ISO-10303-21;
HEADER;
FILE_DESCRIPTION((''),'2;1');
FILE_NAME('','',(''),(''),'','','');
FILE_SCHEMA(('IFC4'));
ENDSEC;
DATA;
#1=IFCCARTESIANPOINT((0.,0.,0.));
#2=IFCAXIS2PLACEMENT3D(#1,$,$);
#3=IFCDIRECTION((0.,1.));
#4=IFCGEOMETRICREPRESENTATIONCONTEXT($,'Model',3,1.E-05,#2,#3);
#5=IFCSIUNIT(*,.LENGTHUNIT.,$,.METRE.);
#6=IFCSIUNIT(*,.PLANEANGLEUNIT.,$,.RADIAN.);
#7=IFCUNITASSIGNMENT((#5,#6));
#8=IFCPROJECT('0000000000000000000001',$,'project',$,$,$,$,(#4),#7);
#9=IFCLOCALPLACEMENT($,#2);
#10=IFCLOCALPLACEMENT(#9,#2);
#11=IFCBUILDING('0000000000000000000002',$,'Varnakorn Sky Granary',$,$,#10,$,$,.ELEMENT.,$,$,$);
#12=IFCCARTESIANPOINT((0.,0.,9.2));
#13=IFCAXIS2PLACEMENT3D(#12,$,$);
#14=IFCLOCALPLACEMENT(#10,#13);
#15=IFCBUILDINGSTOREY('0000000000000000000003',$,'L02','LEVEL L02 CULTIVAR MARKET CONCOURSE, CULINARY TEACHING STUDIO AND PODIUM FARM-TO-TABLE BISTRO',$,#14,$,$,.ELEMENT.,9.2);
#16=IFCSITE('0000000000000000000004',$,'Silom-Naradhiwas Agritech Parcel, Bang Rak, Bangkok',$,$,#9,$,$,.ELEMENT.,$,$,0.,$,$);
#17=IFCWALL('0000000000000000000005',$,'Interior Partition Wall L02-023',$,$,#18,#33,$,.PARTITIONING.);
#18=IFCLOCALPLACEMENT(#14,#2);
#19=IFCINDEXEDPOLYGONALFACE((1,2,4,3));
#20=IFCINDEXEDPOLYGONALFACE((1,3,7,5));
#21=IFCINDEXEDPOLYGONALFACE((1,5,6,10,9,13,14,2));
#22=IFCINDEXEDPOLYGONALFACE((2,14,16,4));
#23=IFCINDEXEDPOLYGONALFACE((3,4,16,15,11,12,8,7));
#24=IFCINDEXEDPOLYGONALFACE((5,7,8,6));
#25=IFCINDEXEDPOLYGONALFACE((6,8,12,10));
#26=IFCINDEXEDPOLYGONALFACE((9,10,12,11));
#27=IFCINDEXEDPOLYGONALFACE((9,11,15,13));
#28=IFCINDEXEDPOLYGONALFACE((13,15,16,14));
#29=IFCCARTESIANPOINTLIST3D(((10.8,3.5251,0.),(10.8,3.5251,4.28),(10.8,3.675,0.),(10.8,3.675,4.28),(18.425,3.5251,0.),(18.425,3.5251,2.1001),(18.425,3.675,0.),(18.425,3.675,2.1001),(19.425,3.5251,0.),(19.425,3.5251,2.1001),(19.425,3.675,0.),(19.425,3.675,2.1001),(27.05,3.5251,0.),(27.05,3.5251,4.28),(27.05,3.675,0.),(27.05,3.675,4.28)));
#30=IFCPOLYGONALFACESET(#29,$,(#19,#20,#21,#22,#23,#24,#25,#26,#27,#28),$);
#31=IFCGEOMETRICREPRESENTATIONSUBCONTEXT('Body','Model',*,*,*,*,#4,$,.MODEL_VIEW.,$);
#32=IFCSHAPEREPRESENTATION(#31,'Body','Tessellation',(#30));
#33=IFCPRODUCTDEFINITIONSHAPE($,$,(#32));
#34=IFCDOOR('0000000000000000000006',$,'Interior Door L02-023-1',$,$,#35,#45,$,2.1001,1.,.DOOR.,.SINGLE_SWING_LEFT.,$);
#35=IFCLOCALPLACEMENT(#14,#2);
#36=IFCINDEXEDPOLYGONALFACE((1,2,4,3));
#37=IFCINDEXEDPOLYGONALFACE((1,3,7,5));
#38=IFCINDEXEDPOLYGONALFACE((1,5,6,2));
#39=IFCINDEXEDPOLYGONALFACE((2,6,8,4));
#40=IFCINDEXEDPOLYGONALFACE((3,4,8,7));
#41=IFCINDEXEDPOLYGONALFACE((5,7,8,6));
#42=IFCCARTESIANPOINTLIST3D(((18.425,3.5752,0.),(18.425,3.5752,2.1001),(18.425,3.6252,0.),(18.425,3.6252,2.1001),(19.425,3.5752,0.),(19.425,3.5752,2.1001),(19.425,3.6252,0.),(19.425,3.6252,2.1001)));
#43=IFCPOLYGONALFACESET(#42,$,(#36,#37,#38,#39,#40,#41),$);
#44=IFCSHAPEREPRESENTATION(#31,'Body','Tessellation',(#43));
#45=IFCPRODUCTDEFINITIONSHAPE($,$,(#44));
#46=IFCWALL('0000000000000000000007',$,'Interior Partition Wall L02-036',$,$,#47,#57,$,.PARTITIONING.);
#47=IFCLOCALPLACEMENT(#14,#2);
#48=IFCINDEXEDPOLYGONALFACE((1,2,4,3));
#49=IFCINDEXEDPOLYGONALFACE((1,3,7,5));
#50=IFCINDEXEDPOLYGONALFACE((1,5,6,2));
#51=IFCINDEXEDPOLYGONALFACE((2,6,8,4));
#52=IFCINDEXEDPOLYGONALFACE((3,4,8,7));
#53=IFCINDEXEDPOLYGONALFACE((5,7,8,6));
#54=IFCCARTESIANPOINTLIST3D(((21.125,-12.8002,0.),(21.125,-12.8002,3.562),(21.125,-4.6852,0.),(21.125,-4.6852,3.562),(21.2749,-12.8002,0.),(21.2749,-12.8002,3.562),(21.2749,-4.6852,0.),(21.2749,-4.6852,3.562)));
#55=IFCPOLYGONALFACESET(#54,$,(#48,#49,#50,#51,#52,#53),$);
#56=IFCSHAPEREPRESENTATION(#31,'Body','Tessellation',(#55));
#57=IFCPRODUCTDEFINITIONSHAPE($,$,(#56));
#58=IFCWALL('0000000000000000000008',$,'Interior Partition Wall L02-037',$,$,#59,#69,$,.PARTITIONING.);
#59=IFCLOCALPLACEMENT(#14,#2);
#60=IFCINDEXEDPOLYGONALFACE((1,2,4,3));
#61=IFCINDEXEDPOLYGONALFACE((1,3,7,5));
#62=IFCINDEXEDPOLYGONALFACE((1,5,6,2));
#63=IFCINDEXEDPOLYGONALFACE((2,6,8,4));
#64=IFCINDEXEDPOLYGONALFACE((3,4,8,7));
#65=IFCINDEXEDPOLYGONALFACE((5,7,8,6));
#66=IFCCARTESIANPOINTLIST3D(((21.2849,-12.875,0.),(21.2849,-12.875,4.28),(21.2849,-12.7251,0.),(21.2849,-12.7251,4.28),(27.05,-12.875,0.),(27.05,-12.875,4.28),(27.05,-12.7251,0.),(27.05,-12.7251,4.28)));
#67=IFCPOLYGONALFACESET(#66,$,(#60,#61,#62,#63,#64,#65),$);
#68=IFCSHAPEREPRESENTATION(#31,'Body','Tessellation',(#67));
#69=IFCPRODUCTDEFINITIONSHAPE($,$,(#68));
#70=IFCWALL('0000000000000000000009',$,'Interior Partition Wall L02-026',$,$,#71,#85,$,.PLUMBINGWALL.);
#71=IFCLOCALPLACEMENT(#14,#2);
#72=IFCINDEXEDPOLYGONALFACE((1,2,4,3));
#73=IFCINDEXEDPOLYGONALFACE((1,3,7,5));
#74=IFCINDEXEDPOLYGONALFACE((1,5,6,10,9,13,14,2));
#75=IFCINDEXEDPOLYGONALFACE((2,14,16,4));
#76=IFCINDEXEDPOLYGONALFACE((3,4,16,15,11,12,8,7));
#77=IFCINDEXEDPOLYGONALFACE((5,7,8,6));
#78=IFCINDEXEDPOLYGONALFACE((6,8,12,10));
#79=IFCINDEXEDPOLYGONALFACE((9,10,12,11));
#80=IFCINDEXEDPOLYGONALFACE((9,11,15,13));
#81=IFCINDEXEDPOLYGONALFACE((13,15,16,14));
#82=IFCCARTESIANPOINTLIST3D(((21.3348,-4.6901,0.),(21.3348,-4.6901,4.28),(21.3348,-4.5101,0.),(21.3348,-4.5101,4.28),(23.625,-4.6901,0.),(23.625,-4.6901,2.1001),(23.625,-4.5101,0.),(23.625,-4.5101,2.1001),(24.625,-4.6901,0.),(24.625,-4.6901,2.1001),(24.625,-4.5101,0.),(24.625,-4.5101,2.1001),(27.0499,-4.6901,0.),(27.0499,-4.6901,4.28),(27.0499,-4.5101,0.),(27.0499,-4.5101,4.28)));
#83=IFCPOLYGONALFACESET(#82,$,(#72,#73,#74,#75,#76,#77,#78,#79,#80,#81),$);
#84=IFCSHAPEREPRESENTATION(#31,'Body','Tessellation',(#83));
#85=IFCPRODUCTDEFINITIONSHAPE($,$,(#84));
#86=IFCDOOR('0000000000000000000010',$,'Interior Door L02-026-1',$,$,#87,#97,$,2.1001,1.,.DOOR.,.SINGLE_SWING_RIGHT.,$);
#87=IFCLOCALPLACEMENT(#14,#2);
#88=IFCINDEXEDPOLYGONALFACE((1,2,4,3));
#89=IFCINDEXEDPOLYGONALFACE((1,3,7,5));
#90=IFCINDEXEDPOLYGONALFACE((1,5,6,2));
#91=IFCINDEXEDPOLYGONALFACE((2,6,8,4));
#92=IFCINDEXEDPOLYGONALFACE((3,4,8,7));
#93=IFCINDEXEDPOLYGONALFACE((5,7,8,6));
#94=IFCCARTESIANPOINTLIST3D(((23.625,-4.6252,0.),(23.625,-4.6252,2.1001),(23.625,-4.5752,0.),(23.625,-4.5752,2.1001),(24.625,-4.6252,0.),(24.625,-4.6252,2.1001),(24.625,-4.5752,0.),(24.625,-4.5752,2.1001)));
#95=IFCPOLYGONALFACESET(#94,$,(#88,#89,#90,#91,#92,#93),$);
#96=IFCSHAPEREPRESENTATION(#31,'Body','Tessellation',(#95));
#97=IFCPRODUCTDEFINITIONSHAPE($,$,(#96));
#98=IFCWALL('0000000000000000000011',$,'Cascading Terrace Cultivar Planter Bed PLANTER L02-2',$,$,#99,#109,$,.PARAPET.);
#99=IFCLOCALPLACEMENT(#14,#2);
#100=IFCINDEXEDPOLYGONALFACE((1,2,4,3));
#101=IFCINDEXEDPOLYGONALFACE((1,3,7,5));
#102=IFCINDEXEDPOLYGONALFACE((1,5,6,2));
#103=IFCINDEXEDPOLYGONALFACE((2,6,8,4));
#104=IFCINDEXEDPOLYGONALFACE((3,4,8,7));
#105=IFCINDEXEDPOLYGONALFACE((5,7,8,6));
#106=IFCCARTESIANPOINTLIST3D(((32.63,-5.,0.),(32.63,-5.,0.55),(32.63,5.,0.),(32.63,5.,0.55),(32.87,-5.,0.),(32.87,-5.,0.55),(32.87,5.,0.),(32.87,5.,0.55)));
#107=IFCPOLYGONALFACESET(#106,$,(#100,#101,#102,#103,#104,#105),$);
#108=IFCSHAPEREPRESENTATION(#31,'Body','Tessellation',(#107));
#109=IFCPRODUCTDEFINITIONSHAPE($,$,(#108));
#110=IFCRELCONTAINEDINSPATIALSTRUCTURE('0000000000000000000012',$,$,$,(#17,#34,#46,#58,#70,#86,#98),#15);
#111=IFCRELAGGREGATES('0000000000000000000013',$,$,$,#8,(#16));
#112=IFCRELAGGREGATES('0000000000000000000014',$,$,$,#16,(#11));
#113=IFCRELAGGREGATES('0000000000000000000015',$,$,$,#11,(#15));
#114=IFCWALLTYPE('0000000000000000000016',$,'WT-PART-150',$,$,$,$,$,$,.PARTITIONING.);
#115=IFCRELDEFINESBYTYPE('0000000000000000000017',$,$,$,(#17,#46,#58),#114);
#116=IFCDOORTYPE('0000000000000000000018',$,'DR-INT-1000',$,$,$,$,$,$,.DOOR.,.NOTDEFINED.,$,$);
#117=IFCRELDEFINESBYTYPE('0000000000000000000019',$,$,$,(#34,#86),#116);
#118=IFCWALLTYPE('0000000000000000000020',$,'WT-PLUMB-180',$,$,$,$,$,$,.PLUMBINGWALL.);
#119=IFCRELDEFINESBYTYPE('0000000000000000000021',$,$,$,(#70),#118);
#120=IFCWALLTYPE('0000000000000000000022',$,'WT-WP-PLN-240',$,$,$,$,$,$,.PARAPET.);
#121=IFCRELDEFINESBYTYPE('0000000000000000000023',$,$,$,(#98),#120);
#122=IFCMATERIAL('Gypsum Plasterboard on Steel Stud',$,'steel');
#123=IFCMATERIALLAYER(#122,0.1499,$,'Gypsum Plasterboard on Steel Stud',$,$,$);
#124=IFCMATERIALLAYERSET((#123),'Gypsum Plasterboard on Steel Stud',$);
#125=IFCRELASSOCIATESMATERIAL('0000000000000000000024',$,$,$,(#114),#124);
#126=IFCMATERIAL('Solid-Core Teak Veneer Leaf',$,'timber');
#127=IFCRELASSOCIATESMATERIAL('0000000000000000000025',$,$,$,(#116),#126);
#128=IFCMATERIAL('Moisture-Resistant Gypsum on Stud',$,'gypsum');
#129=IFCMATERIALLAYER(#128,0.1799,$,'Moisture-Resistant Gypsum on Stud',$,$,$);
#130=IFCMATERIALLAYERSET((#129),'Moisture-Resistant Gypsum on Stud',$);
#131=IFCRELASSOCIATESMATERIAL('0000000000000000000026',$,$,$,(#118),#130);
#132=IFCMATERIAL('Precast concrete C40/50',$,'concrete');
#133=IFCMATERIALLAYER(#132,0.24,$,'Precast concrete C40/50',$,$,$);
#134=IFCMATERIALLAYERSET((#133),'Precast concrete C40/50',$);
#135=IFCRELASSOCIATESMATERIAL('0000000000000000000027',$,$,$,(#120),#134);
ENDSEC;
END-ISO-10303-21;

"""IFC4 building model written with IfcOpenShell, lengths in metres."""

from ifc_helpers import new_model, si_unit, direction, frame, frame_2d, origin, place, context, subcontext, project, spatial, rectangle, extrude, material, layer, layer_set, type_object, element, fill, save


model = new_model("IFC4")

# Units and contexts
model_context = context("Model", 3, precision=1e-05, world=origin(), true_north=direction((0.0, 1.0)))
body_context = subcontext(model_context, "Body", "Model", "MODEL_VIEW")
ifc_project = project(units=[si_unit("LENGTHUNIT", "METRE"), si_unit("PLANEANGLEUNIT", "RADIAN")], contexts=[model_context])

# Site, building, storey
site_placement = place(None, origin())
site = spatial("IfcSite", under=ifc_project, at=site_placement, Name="Silom-Naradhiwas Agritech Parcel, Bang Rak, Bangkok", CompositionType="ELEMENT", RefElevation=0.0)
building_placement = place(site_placement, origin())
building = spatial("IfcBuilding", under=site, at=building_placement, Name="Varnakorn Sky Granary", CompositionType="ELEMENT")
storey_placement = place(building_placement, frame((0.0, 0.0, 9.2)))
storey = spatial("IfcBuildingStorey", under=building, at=storey_placement, Name="L02", Description="LEVEL L02 CULTIVAR MARKET CONCOURSE, CULINARY TEACHING STUDIO AND PODIUM FARM-TO-TABLE BISTRO", CompositionType="ELEMENT", Elevation=9.2)

# Shared definitions
ifc_material_1 = material(Name="Precast concrete C40/50", Category="concrete")

# Wall, opening, door
ifc_material_2 = material(Name="Gypsum Plasterboard on Steel Stud", Category="steel")
ifc_layer_1 = layer(ifc_material_2, 0.1499, Name="Gypsum Plasterboard on Steel Stud")
ifc_layer_set_1 = layer_set([ifc_layer_1], Name="Gypsum Plasterboard on Steel Stud")
wall_type_1 = type_object("IfcWallType", Name="WT-PART-150", PredefinedType="PARTITIONING", material=ifc_layer_set_1)
wall_1_placement = place(storey_placement, frame((27.05, 3.6001, 0.0), z_axis=(0.0, 0.0, 1.0), x_axis=(-1.0, 0.0, 0.0)))
wall_1 = element("IfcWall", 1, at=wall_1_placement, inside=storey, type_object=wall_type_1, Name="Interior Partition Wall L02-023", PredefinedType="PARTITIONING", context=body_context, shape_type="SweptSolid", body=[
    extrude(rectangle(XDim=16.25, YDim=0.1499, at=frame_2d((8.125, 0.0))), origin(), (0.0, 0.0, 1.0), 4.28),
])
opening_1_placement = place(wall_1_placement, frame((7.625, 0.0, 0.0)))
opening_1 = element("IfcOpeningElement", 2, at=opening_1_placement, cuts=wall_1, PredefinedType="OPENING", context=body_context, shape_type="SweptSolid", body=[
    extrude(rectangle(XDim=1.0, YDim=2.1001, at=frame_2d((0.5, 1.05))), frame((0.0, 0.085, 0.0), z_axis=(0.0, -1.0, 0.0), x_axis=(1.0, 0.0, 0.0)), (0.0, 0.0, 1.0), 0.1699),
])
ifc_material_3 = material(Name="Solid-Core Teak Veneer Leaf", Category="timber")
door_type_1 = type_object("IfcDoorType", Name="DR-INT-1000", OperationType="NOTDEFINED", PredefinedType="DOOR", material=ifc_material_3)
door_1_placement = place(opening_1_placement, origin())
door_1 = element("IfcDoor", 3, at=door_1_placement, inside=storey, type_object=door_type_1, Name="Interior Door L02-023-1", OperationType="SINGLE_SWING_LEFT", OverallHeight=2.1001, OverallWidth=1.0, PredefinedType="DOOR", context=body_context, shape_type="SweptSolid", body=[
    extrude(rectangle(XDim=1.0, YDim=2.1001, at=frame_2d((0.5, 1.05))), frame((0.0, 0.0249, 0.0), z_axis=(0.0, -1.0, 0.0), x_axis=(1.0, 0.0, 0.0)), (0.0, 0.0, 1.0), 0.05),
])
fill(opening_1, door_1)

# Walls
wall_2_placement = place(storey_placement, frame((21.2, -4.6851, 0.0), z_axis=(0.0, 0.0, 1.0), x_axis=(0.0, -1.0, 0.0)))
element("IfcWall", 4, at=wall_2_placement, inside=storey, type_object=wall_type_1, Name="Interior Partition Wall L02-036", PredefinedType="PARTITIONING", context=body_context, shape_type="SweptSolid", body=[
    extrude(rectangle(XDim=8.115, YDim=0.1499, at=frame_2d((4.0576, 0.0))), origin(), (0.0, 0.0, 1.0), 3.562),
])
wall_3_placement = place(storey_placement, frame((21.2849, -12.8, 0.0), z_axis=(0.0, 0.0, 1.0), x_axis=(1.0, 0.0, 0.0)))
element("IfcWall", 5, at=wall_3_placement, inside=storey, type_object=wall_type_1, Name="Interior Partition Wall L02-037", PredefinedType="PARTITIONING", context=body_context, shape_type="SweptSolid", body=[
    extrude(rectangle(XDim=5.7651, YDim=0.1499, at=frame_2d((2.8826, 0.0))), origin(), (0.0, 0.0, 1.0), 4.28),
])

# Wall, opening, door
ifc_material_4 = material(Name="Moisture-Resistant Gypsum on Stud", Category="gypsum")
ifc_layer_2 = layer(ifc_material_4, 0.1799, Name="Moisture-Resistant Gypsum on Stud")
ifc_layer_set_2 = layer_set([ifc_layer_2], Name="Moisture-Resistant Gypsum on Stud")
wall_type_2 = type_object("IfcWallType", Name="WT-PLUMB-180", PredefinedType="PLUMBINGWALL", material=ifc_layer_set_2)
wall_4_placement = place(storey_placement, frame((21.335, -4.6001, 0.0), z_axis=(0.0, 0.0, 1.0), x_axis=(1.0, 0.0, 0.0)))
wall_4 = element("IfcWall", 6, at=wall_4_placement, inside=storey, type_object=wall_type_2, Name="Interior Partition Wall L02-026", PredefinedType="PLUMBINGWALL", context=body_context, shape_type="SweptSolid", body=[
    extrude(rectangle(XDim=5.7151, YDim=0.1799, at=frame_2d((2.8574, 0.0))), origin(), (0.0, 0.0, 1.0), 4.28),
])
opening_2_placement = place(wall_4_placement, frame((2.29, 0.0, 0.0)))
opening_2 = element("IfcOpeningElement", 7, at=opening_2_placement, cuts=wall_4, PredefinedType="OPENING", context=body_context, shape_type="SweptSolid", body=[
    extrude(rectangle(XDim=1.0, YDim=2.1001, at=frame_2d((0.5, 1.05))), frame((0.0, 0.1001, 0.0), z_axis=(0.0, -1.0, 0.0), x_axis=(1.0, 0.0, 0.0)), (0.0, 0.0, 1.0), 0.2),
])
door_2_placement = place(opening_2_placement, origin())
door_2 = element("IfcDoor", 8, at=door_2_placement, inside=storey, type_object=door_type_1, Name="Interior Door L02-026-1", OperationType="SINGLE_SWING_RIGHT", OverallHeight=2.1001, OverallWidth=1.0, PredefinedType="DOOR", context=body_context, shape_type="SweptSolid", body=[
    extrude(rectangle(XDim=1.0, YDim=2.1001, at=frame_2d((0.5, 1.05))), frame((0.0, 0.0249, 0.0), z_axis=(0.0, -1.0, 0.0), x_axis=(1.0, 0.0, 0.0)), (0.0, 0.0, 1.0), 0.05),
])
fill(opening_2, door_2)

# Wall
ifc_layer_3 = layer(ifc_material_1, 0.24, Name="Precast concrete C40/50")
ifc_layer_set_3 = layer_set([ifc_layer_3], Name="Precast concrete C40/50")
wall_type_3 = type_object("IfcWallType", Name="WT-WP-PLN-240", PredefinedType="PARAPET", material=ifc_layer_set_3)
wall_5_placement = place(storey_placement, frame((32.75, -5.0, 0.0), z_axis=(0.0, 0.0, 1.0), x_axis=(0.0, 1.0, 0.0)))
element("IfcWall", 9, at=wall_5_placement, inside=storey, type_object=wall_type_3, Name="Cascading Terrace Cultivar Planter Bed PLANTER L02-2", PredefinedType="PARAPET", context=body_context, shape_type="SweptSolid", body=[
    extrude(rectangle(XDim=10.0, YDim=0.24, at=frame_2d((5.0, 0.0))), origin(), (0.0, 0.0, 1.0), 0.55),
])

save(model, "model.ifc")
